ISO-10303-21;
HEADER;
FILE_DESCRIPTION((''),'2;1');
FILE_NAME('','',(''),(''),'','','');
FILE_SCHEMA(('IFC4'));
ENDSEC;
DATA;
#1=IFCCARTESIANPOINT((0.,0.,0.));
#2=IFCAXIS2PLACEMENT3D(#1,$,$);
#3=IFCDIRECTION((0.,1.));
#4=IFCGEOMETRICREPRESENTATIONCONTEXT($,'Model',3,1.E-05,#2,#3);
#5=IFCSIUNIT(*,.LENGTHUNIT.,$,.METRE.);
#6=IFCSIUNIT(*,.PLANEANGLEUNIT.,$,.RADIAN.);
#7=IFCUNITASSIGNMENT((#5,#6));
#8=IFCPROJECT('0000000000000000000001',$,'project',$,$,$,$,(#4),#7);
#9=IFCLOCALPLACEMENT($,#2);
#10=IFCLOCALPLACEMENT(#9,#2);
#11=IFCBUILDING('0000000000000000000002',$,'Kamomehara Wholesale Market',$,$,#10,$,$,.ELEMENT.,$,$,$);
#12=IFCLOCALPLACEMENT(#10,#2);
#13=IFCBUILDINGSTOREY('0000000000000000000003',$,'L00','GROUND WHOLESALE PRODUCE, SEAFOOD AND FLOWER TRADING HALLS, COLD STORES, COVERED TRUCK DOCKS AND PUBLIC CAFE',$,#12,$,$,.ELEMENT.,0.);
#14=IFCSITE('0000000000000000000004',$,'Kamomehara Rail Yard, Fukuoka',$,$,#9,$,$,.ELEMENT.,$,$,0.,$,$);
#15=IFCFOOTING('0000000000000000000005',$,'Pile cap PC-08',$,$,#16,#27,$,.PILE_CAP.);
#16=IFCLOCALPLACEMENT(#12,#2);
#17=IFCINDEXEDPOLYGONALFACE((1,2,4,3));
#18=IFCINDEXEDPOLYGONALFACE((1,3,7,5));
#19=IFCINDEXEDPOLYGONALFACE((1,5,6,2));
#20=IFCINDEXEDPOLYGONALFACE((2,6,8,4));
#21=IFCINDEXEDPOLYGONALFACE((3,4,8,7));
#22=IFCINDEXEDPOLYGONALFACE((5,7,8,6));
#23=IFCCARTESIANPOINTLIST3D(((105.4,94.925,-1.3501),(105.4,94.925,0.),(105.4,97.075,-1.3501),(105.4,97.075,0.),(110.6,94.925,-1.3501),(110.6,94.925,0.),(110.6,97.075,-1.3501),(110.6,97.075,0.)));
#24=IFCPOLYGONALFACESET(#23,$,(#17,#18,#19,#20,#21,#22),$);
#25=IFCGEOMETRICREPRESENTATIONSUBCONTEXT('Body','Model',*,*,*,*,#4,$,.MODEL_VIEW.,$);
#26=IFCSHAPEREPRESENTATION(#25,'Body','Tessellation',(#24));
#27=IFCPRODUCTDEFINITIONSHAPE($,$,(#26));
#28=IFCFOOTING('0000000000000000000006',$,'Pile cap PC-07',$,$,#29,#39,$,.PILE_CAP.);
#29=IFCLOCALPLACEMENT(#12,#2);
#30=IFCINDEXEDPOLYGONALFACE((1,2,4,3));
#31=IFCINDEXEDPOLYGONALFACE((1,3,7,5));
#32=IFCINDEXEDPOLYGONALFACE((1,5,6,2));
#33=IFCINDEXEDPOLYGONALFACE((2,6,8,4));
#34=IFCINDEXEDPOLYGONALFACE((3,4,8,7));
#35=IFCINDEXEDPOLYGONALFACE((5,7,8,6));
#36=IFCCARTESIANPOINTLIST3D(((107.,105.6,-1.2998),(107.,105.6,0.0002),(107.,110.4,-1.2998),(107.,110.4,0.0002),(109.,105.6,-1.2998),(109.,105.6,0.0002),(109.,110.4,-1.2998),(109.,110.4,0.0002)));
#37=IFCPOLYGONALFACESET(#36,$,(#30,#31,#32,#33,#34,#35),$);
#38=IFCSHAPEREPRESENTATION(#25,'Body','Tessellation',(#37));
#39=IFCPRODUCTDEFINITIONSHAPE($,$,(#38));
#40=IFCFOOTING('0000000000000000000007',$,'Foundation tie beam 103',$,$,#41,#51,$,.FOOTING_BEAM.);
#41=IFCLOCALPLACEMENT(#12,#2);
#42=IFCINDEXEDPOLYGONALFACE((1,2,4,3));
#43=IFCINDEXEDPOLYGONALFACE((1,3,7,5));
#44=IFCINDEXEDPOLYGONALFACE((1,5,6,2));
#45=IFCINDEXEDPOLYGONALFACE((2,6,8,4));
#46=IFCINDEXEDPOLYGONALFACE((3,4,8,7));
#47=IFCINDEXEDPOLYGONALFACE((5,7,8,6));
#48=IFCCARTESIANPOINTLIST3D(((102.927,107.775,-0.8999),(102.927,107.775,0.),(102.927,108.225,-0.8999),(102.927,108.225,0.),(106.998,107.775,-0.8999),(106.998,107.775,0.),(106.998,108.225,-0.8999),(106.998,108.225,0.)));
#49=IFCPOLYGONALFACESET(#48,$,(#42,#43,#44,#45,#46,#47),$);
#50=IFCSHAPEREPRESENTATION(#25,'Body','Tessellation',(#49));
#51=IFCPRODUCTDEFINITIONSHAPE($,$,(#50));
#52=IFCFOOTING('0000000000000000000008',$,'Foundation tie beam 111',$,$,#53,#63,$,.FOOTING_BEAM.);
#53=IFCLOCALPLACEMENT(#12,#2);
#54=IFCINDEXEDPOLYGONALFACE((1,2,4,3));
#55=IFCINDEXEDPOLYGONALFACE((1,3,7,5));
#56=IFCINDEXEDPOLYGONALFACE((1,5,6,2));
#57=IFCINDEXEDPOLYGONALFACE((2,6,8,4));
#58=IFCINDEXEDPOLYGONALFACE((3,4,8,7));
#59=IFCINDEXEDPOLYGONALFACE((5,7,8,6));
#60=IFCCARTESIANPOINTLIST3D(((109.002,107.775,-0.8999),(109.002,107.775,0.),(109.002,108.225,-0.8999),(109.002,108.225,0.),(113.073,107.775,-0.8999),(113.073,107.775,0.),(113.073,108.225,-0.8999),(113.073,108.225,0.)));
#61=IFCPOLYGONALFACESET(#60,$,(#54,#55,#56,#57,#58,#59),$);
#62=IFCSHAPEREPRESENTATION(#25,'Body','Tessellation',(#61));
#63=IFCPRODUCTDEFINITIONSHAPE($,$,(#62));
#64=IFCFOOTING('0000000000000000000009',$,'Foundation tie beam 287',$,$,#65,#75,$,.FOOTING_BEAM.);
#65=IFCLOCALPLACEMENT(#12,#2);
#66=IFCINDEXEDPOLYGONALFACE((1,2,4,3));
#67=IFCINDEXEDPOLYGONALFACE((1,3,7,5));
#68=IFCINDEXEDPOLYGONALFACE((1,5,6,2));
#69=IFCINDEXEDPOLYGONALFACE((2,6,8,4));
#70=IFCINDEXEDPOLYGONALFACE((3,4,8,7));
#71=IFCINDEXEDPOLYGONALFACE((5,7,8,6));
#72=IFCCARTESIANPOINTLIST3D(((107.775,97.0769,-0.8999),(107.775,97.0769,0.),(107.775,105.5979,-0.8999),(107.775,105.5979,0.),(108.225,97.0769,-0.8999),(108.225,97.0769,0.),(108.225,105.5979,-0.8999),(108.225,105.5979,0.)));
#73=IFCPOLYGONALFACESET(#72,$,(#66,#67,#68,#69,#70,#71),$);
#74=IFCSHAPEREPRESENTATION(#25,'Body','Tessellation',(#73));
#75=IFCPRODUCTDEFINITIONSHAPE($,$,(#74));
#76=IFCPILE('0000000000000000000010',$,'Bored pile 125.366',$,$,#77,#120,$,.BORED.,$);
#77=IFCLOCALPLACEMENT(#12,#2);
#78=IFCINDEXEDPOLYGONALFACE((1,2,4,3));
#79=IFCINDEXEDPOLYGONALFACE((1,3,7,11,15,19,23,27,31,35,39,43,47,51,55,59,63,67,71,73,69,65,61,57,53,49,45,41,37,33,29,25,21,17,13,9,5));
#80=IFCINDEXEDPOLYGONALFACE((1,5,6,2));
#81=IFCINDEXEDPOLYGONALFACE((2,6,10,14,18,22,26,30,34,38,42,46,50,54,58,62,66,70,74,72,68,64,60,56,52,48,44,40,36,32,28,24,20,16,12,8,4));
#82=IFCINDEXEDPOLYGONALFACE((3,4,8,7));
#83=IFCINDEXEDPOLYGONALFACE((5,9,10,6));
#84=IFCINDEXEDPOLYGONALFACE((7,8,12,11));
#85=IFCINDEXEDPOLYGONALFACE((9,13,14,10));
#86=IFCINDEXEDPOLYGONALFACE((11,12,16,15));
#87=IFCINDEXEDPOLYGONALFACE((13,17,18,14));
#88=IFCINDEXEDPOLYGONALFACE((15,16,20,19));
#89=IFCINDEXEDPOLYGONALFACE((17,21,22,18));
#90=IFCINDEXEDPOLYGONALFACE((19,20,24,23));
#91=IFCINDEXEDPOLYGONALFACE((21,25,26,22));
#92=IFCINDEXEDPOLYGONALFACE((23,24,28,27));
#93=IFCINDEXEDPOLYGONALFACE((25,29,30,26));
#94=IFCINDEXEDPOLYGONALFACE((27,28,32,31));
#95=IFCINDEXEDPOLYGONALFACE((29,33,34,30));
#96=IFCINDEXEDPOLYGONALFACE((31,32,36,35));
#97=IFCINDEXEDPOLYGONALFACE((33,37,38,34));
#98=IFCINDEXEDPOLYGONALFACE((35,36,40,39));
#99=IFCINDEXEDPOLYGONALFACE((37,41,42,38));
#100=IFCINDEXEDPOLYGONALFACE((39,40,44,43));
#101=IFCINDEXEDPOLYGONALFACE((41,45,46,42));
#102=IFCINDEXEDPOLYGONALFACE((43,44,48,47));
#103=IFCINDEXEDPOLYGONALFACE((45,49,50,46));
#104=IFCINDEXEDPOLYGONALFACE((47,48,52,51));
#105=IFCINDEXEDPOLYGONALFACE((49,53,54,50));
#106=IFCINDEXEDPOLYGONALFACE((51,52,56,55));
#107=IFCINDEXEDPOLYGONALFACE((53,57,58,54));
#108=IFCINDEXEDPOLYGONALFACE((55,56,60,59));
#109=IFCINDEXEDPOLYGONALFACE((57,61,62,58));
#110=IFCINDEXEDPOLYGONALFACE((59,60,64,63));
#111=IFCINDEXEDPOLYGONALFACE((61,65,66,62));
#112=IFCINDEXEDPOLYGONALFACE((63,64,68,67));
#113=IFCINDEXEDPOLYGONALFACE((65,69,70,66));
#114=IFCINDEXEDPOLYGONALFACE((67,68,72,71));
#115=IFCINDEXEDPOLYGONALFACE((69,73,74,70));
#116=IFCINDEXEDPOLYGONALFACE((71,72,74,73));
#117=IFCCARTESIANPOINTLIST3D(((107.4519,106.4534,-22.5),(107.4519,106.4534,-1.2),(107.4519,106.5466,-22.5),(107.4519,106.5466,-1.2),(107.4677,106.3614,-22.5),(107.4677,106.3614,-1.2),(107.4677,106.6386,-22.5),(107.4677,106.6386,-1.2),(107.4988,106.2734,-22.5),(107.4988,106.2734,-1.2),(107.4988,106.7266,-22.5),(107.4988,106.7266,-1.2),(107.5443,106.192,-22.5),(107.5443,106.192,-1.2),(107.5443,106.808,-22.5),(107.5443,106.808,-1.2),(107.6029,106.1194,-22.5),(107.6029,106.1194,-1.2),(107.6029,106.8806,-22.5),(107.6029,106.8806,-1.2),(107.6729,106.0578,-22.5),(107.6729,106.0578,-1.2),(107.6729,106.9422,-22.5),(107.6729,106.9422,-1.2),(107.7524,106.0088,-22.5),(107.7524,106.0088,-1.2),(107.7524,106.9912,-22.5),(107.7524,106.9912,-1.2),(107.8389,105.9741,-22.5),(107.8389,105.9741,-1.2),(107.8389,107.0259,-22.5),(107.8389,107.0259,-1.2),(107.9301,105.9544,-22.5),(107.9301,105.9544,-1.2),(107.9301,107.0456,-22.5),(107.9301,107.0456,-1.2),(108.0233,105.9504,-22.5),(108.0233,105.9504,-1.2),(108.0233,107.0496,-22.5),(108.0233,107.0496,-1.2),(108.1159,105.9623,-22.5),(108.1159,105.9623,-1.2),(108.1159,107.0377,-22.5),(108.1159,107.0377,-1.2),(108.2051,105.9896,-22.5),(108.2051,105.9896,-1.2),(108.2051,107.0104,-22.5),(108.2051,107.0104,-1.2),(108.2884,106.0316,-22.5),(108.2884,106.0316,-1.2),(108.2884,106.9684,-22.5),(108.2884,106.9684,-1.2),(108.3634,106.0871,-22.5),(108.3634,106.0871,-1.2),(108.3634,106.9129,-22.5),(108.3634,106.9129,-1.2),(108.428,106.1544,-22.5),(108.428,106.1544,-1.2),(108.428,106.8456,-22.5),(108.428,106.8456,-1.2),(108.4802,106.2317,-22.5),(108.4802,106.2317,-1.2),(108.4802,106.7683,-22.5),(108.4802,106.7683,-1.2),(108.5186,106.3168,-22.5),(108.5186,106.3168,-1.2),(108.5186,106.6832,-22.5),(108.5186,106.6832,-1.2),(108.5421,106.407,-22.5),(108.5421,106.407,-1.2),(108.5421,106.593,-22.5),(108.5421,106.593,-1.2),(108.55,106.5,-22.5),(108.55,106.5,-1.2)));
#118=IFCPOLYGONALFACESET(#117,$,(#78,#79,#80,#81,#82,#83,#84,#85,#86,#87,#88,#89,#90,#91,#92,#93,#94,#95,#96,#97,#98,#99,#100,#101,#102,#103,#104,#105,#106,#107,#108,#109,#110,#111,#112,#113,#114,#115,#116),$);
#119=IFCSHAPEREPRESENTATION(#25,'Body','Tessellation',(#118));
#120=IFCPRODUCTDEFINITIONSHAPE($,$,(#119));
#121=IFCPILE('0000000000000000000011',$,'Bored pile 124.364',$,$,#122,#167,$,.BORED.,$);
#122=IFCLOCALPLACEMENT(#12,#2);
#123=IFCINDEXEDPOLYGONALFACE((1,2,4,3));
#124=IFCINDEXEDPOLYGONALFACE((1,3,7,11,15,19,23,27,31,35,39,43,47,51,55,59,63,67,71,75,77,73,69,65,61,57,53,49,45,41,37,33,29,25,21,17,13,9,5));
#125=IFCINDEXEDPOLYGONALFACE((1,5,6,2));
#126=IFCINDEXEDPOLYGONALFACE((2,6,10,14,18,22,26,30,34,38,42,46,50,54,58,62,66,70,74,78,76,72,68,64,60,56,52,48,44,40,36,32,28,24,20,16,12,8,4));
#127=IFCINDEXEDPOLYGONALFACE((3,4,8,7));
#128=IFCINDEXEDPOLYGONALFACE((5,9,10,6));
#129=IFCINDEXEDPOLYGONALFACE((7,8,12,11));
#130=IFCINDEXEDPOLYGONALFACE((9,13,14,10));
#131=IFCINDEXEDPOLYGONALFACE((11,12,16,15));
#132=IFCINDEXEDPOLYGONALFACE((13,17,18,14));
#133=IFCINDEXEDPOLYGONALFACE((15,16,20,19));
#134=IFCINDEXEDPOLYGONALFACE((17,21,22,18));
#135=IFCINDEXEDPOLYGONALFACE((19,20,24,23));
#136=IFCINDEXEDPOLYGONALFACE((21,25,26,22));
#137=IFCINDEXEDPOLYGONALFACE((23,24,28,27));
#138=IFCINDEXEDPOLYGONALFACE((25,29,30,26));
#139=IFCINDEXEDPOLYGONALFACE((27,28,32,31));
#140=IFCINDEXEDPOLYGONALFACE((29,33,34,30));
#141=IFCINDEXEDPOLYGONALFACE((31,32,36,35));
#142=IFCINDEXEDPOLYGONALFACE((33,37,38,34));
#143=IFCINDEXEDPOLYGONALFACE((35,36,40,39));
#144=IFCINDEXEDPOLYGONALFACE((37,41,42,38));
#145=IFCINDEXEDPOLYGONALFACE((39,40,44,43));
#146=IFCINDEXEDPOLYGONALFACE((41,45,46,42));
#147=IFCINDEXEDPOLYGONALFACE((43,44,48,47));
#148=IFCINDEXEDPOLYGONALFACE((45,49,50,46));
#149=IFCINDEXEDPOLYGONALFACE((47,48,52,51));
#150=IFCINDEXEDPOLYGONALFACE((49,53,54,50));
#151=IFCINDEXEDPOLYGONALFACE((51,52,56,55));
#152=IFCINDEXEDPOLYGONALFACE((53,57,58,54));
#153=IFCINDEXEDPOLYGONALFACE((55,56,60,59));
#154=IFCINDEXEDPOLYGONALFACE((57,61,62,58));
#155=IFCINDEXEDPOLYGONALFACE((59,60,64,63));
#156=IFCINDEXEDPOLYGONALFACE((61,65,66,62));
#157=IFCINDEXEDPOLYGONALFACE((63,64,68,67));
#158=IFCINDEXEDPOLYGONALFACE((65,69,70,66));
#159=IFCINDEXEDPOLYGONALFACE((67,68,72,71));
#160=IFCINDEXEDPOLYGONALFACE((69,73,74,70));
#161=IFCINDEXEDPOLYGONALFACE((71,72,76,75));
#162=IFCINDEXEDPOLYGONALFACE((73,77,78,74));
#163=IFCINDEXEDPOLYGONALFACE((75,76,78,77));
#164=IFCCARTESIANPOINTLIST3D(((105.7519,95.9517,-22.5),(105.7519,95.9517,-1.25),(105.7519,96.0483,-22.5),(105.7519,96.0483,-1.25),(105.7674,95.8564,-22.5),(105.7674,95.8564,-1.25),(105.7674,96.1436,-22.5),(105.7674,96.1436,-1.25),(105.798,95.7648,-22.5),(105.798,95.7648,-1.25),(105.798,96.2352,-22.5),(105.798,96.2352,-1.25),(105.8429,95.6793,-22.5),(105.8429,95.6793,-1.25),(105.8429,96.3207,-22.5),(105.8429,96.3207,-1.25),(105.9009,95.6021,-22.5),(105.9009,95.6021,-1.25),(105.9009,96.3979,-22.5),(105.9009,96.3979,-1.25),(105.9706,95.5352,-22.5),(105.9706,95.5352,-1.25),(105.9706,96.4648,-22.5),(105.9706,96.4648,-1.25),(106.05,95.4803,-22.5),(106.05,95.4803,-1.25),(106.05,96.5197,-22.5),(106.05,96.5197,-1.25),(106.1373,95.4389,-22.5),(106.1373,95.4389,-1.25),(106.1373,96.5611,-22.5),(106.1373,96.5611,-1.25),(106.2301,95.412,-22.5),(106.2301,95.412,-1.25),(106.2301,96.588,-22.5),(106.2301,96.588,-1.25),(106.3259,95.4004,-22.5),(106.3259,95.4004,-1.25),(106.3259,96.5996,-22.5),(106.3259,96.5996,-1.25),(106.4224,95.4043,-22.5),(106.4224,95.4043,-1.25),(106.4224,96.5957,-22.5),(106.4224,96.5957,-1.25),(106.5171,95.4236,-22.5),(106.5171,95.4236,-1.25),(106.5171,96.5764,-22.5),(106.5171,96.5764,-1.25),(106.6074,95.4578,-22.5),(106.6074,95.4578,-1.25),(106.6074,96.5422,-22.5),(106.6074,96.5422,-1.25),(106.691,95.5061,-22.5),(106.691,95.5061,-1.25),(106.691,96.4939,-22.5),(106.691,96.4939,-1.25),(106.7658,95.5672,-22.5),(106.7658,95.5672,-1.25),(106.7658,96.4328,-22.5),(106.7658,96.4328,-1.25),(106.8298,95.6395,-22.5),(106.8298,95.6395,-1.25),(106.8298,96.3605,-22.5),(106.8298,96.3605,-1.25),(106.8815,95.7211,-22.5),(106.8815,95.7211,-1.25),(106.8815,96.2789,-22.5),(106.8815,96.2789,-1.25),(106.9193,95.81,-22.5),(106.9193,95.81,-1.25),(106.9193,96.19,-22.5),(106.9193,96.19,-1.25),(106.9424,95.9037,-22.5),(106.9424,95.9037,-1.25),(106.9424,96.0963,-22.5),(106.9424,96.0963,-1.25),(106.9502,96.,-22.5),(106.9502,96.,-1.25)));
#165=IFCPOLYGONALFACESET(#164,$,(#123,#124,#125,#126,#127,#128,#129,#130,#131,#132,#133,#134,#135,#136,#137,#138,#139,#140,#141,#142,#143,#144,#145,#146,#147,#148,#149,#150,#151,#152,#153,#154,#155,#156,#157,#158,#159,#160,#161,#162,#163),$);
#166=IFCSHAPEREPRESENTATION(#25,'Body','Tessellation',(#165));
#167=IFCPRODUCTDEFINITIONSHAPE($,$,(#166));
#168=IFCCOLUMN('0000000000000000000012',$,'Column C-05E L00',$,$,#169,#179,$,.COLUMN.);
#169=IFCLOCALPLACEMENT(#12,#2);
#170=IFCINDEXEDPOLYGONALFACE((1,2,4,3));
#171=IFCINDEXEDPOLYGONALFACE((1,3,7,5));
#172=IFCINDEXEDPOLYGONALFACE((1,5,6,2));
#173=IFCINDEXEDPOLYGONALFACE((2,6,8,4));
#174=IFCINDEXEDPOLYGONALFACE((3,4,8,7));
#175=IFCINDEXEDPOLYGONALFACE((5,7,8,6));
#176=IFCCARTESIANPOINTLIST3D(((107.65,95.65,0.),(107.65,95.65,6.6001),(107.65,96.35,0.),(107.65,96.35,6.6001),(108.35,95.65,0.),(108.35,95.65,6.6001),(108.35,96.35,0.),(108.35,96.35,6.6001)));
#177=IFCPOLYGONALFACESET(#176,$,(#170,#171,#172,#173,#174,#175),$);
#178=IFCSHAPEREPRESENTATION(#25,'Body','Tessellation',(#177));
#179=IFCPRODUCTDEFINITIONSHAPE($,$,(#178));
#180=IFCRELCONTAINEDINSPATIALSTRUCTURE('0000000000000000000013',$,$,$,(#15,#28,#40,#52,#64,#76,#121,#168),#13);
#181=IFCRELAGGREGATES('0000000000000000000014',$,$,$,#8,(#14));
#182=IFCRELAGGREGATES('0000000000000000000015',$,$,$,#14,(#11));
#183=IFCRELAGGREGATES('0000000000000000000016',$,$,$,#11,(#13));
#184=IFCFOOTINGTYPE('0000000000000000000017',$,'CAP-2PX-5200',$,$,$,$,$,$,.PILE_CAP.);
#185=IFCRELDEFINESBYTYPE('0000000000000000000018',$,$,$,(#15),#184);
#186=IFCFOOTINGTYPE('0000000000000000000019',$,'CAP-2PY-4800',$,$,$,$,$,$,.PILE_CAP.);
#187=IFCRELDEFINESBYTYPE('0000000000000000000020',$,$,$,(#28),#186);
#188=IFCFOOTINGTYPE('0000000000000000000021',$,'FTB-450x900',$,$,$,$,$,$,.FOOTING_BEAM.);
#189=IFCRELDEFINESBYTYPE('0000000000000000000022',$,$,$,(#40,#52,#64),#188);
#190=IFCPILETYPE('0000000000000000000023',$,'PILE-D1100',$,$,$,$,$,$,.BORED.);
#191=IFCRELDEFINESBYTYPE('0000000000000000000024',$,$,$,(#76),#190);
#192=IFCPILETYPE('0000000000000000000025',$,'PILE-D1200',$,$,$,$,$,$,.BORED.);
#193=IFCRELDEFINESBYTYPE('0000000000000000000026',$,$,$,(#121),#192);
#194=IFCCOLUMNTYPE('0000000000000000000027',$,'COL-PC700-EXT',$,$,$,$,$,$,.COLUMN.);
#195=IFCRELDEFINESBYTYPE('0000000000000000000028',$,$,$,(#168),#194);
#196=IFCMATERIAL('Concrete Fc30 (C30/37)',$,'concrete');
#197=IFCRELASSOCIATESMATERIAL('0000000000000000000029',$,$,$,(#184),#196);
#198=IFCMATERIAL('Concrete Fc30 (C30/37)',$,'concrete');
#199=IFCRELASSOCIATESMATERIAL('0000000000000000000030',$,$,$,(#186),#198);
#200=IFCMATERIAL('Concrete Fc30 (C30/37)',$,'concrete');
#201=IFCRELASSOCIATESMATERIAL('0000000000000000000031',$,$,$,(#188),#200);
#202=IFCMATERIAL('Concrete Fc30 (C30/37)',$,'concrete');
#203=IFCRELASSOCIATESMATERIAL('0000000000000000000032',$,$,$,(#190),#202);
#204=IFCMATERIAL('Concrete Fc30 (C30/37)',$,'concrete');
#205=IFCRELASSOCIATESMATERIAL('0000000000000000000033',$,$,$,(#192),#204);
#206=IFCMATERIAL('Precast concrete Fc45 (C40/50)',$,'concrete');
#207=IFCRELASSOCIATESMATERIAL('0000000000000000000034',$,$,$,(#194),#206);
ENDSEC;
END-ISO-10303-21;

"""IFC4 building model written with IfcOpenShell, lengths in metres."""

from ifc_helpers import new_model, si_unit, direction, frame, origin, origin_2d, place, context, subcontext, project, spatial, rectangle, circle, extrude, material, material_profile, profile_set, type_object, element, save


model = new_model("IFC4")

# Units and contexts
model_context = context("Model", 3, precision=1e-05, world=origin(), true_north=direction((0.0, 1.0)))
body_context = subcontext(model_context, "Body", "Model", "MODEL_VIEW")
ifc_project = project(units=[si_unit("LENGTHUNIT", "METRE"), si_unit("PLANEANGLEUNIT", "RADIAN")], contexts=[model_context])

# Site, building, storey
site_placement = place(None, origin())
site = spatial("IfcSite", under=ifc_project, at=site_placement, Name="Kamomehara Rail Yard, Fukuoka", CompositionType="ELEMENT", RefElevation=0.0)
building_placement = place(site_placement, origin())
building = spatial("IfcBuilding", under=site, at=building_placement, Name="Kamomehara Wholesale Market", CompositionType="ELEMENT")
storey_placement = place(building_placement, origin())
storey = spatial("IfcBuildingStorey", under=building, at=storey_placement, Name="L00", Description="GROUND WHOLESALE PRODUCE, SEAFOOD AND FLOWER TRADING HALLS, COLD STORES, COVERED TRUCK DOCKS AND PUBLIC CAFE", CompositionType="ELEMENT", Elevation=0.0)

# Footings
ifc_material_1 = material(Name="Concrete Fc30 (C30/37)", Category="concrete")
footing_type_1 = type_object("IfcFootingType", Name="CAP-2PX-5200", PredefinedType="PILE_CAP", material=ifc_material_1)
footing_1_placement = place(storey_placement, frame((108.0, 96.0, -1.3501), z_axis=(0.0, 0.0, 1.0), x_axis=(1.0, 0.0, 0.0)))
element("IfcFooting", 1, at=footing_1_placement, inside=storey, type_object=footing_type_1, Name="Pile cap PC-08", PredefinedType="PILE_CAP", context=body_context, shape_type="SweptSolid", body=[
    extrude(rectangle(XDim=5.2, YDim=2.1499, at=origin_2d()), origin(), (0.0, 0.0, 1.0), 1.3501),
])
ifc_material_2 = material(Name="Concrete Fc30 (C30/37)", Category="concrete")
footing_type_2 = type_object("IfcFootingType", Name="CAP-2PY-4800", PredefinedType="PILE_CAP", material=ifc_material_2)
footing_2_placement = place(storey_placement, frame((108.0, 108.0, -1.2998), z_axis=(0.0, 0.0, 1.0), x_axis=(1.0, 0.0, 0.0)))
element("IfcFooting", 2, at=footing_2_placement, inside=storey, type_object=footing_type_2, Name="Pile cap PC-07", PredefinedType="PILE_CAP", context=body_context, shape_type="SweptSolid", body=[
    extrude(rectangle(XDim=2.0, YDim=4.8, at=origin_2d()), origin(), (0.0, 0.0, 1.0), 1.3),
])
ifc_material_3 = material(Name="Concrete Fc30 (C30/37)", Category="concrete")
ifc_material_profile_1 = material_profile(ifc_material_3, rectangle(XDim=0.45, YDim=0.8999, at=origin_2d()), Name="RC-FTB-450x900")
ifc_profile_set_1 = profile_set([ifc_material_profile_1], Name="Concrete Fc30 (C30/37)")
footing_type_3 = type_object("IfcFootingType", Name="FTB-450x900", PredefinedType="FOOTING_BEAM", material=ifc_profile_set_1)
for number, where, z_axis, x_axis, name in (
    (3, (102.927, 108.0, -0.45), (1.0, 0.0, 0.0), (0.0, 1.0, 0.0), "Foundation tie beam 103"),
    (4, (109.002, 108.0, -0.45), (1.0, 0.0, 0.0), (0.0, 1.0, 0.0), "Foundation tie beam 111"),
):
    element("IfcFooting", number, at=place(storey_placement, frame(where, z_axis=z_axis, x_axis=x_axis)), inside=storey, type_object=footing_type_3, Name=name, PredefinedType="FOOTING_BEAM", context=body_context, shape_type="SweptSolid", body=[
        extrude(rectangle(XDim=0.45, YDim=0.8999, at=origin_2d()), origin(), (0.0, 0.0, 1.0), 4.071),
    ])
footing_3_placement = place(storey_placement, frame((108.0, 97.0769, -0.45), z_axis=(0.0, 1.0, 0.0), x_axis=(-1.0, 0.0, 0.0)))
element("IfcFooting", 5, at=footing_3_placement, inside=storey, type_object=footing_type_3, Name="Foundation tie beam 287", PredefinedType="FOOTING_BEAM", context=body_context, shape_type="SweptSolid", body=[
    extrude(rectangle(XDim=0.45, YDim=0.8999, at=origin_2d()), origin(), (0.0, 0.0, 1.0), 8.521),
])

# Piles
ifc_material_4 = material(Name="Concrete Fc30 (C30/37)", Category="concrete")
ifc_material_profile_2 = material_profile(ifc_material_4, circle(Radius=0.55, at=origin_2d()), Name="RC-PILE-D1100")
ifc_profile_set_2 = profile_set([ifc_material_profile_2], Name="Concrete Fc30 (C30/37)")
pile_type_1 = type_object("IfcPileType", Name="PILE-D1100", PredefinedType="BORED", material=ifc_profile_set_2)
pile_1_placement = place(storey_placement, frame((108.0, 106.5, -1.2), z_axis=(0.0, 0.0, -1.0), x_axis=(1.0, 0.0, 0.0)))
element("IfcPile", 6, at=pile_1_placement, inside=storey, type_object=pile_type_1, Name="Bored pile 125.366", PredefinedType="BORED", context=body_context, shape_type="SweptSolid", body=[
    extrude(circle(Radius=0.55, at=origin_2d()), origin(), (0.0, 0.0, 1.0), 21.3),
])
ifc_material_5 = material(Name="Concrete Fc30 (C30/37)", Category="concrete")
ifc_material_profile_3 = material_profile(ifc_material_5, circle(Radius=0.6001, at=origin_2d()), Name="RC-PILE-D1200")
ifc_profile_set_3 = profile_set([ifc_material_profile_3], Name="Concrete Fc30 (C30/37)")
pile_type_2 = type_object("IfcPileType", Name="PILE-D1200", PredefinedType="BORED", material=ifc_profile_set_3)
pile_2_placement = place(storey_placement, frame((106.3501, 96.0, -1.25), z_axis=(0.0, 0.0, -1.0), x_axis=(1.0, 0.0, 0.0)))
element("IfcPile", 7, at=pile_2_placement, inside=storey, type_object=pile_type_2, Name="Bored pile 124.364", PredefinedType="BORED", context=body_context, shape_type="SweptSolid", body=[
    extrude(circle(Radius=0.6001, at=origin_2d()), origin(), (0.0, 0.0, 1.0), 21.25),
])

# Column
ifc_material_6 = material(Name="Precast concrete Fc45 (C40/50)", Category="concrete")
ifc_material_profile_4 = material_profile(ifc_material_6, rectangle(XDim=0.7, YDim=0.7, at=origin_2d()), Name="PC-COL-700x700")
ifc_profile_set_4 = profile_set([ifc_material_profile_4], Name="Precast concrete Fc45 (C40/50)")
column_type_1 = type_object("IfcColumnType", Name="COL-PC700-EXT", PredefinedType="COLUMN", material=ifc_profile_set_4)
column_1_placement = place(storey_placement, frame((108.0, 96.0, 0.0), z_axis=(0.0, 0.0, 1.0), x_axis=(1.0, 0.0, 0.0)))
element("IfcColumn", 8, at=column_1_placement, inside=storey, type_object=column_type_1, Name="Column C-05E L00", PredefinedType="COLUMN", context=body_context, shape_type="SweptSolid", body=[
    extrude(rectangle(XDim=0.7, YDim=0.7, at=origin_2d()), origin(), (0.0, 0.0, 1.0), 6.6001),
])

save(model, "model.ifc")
